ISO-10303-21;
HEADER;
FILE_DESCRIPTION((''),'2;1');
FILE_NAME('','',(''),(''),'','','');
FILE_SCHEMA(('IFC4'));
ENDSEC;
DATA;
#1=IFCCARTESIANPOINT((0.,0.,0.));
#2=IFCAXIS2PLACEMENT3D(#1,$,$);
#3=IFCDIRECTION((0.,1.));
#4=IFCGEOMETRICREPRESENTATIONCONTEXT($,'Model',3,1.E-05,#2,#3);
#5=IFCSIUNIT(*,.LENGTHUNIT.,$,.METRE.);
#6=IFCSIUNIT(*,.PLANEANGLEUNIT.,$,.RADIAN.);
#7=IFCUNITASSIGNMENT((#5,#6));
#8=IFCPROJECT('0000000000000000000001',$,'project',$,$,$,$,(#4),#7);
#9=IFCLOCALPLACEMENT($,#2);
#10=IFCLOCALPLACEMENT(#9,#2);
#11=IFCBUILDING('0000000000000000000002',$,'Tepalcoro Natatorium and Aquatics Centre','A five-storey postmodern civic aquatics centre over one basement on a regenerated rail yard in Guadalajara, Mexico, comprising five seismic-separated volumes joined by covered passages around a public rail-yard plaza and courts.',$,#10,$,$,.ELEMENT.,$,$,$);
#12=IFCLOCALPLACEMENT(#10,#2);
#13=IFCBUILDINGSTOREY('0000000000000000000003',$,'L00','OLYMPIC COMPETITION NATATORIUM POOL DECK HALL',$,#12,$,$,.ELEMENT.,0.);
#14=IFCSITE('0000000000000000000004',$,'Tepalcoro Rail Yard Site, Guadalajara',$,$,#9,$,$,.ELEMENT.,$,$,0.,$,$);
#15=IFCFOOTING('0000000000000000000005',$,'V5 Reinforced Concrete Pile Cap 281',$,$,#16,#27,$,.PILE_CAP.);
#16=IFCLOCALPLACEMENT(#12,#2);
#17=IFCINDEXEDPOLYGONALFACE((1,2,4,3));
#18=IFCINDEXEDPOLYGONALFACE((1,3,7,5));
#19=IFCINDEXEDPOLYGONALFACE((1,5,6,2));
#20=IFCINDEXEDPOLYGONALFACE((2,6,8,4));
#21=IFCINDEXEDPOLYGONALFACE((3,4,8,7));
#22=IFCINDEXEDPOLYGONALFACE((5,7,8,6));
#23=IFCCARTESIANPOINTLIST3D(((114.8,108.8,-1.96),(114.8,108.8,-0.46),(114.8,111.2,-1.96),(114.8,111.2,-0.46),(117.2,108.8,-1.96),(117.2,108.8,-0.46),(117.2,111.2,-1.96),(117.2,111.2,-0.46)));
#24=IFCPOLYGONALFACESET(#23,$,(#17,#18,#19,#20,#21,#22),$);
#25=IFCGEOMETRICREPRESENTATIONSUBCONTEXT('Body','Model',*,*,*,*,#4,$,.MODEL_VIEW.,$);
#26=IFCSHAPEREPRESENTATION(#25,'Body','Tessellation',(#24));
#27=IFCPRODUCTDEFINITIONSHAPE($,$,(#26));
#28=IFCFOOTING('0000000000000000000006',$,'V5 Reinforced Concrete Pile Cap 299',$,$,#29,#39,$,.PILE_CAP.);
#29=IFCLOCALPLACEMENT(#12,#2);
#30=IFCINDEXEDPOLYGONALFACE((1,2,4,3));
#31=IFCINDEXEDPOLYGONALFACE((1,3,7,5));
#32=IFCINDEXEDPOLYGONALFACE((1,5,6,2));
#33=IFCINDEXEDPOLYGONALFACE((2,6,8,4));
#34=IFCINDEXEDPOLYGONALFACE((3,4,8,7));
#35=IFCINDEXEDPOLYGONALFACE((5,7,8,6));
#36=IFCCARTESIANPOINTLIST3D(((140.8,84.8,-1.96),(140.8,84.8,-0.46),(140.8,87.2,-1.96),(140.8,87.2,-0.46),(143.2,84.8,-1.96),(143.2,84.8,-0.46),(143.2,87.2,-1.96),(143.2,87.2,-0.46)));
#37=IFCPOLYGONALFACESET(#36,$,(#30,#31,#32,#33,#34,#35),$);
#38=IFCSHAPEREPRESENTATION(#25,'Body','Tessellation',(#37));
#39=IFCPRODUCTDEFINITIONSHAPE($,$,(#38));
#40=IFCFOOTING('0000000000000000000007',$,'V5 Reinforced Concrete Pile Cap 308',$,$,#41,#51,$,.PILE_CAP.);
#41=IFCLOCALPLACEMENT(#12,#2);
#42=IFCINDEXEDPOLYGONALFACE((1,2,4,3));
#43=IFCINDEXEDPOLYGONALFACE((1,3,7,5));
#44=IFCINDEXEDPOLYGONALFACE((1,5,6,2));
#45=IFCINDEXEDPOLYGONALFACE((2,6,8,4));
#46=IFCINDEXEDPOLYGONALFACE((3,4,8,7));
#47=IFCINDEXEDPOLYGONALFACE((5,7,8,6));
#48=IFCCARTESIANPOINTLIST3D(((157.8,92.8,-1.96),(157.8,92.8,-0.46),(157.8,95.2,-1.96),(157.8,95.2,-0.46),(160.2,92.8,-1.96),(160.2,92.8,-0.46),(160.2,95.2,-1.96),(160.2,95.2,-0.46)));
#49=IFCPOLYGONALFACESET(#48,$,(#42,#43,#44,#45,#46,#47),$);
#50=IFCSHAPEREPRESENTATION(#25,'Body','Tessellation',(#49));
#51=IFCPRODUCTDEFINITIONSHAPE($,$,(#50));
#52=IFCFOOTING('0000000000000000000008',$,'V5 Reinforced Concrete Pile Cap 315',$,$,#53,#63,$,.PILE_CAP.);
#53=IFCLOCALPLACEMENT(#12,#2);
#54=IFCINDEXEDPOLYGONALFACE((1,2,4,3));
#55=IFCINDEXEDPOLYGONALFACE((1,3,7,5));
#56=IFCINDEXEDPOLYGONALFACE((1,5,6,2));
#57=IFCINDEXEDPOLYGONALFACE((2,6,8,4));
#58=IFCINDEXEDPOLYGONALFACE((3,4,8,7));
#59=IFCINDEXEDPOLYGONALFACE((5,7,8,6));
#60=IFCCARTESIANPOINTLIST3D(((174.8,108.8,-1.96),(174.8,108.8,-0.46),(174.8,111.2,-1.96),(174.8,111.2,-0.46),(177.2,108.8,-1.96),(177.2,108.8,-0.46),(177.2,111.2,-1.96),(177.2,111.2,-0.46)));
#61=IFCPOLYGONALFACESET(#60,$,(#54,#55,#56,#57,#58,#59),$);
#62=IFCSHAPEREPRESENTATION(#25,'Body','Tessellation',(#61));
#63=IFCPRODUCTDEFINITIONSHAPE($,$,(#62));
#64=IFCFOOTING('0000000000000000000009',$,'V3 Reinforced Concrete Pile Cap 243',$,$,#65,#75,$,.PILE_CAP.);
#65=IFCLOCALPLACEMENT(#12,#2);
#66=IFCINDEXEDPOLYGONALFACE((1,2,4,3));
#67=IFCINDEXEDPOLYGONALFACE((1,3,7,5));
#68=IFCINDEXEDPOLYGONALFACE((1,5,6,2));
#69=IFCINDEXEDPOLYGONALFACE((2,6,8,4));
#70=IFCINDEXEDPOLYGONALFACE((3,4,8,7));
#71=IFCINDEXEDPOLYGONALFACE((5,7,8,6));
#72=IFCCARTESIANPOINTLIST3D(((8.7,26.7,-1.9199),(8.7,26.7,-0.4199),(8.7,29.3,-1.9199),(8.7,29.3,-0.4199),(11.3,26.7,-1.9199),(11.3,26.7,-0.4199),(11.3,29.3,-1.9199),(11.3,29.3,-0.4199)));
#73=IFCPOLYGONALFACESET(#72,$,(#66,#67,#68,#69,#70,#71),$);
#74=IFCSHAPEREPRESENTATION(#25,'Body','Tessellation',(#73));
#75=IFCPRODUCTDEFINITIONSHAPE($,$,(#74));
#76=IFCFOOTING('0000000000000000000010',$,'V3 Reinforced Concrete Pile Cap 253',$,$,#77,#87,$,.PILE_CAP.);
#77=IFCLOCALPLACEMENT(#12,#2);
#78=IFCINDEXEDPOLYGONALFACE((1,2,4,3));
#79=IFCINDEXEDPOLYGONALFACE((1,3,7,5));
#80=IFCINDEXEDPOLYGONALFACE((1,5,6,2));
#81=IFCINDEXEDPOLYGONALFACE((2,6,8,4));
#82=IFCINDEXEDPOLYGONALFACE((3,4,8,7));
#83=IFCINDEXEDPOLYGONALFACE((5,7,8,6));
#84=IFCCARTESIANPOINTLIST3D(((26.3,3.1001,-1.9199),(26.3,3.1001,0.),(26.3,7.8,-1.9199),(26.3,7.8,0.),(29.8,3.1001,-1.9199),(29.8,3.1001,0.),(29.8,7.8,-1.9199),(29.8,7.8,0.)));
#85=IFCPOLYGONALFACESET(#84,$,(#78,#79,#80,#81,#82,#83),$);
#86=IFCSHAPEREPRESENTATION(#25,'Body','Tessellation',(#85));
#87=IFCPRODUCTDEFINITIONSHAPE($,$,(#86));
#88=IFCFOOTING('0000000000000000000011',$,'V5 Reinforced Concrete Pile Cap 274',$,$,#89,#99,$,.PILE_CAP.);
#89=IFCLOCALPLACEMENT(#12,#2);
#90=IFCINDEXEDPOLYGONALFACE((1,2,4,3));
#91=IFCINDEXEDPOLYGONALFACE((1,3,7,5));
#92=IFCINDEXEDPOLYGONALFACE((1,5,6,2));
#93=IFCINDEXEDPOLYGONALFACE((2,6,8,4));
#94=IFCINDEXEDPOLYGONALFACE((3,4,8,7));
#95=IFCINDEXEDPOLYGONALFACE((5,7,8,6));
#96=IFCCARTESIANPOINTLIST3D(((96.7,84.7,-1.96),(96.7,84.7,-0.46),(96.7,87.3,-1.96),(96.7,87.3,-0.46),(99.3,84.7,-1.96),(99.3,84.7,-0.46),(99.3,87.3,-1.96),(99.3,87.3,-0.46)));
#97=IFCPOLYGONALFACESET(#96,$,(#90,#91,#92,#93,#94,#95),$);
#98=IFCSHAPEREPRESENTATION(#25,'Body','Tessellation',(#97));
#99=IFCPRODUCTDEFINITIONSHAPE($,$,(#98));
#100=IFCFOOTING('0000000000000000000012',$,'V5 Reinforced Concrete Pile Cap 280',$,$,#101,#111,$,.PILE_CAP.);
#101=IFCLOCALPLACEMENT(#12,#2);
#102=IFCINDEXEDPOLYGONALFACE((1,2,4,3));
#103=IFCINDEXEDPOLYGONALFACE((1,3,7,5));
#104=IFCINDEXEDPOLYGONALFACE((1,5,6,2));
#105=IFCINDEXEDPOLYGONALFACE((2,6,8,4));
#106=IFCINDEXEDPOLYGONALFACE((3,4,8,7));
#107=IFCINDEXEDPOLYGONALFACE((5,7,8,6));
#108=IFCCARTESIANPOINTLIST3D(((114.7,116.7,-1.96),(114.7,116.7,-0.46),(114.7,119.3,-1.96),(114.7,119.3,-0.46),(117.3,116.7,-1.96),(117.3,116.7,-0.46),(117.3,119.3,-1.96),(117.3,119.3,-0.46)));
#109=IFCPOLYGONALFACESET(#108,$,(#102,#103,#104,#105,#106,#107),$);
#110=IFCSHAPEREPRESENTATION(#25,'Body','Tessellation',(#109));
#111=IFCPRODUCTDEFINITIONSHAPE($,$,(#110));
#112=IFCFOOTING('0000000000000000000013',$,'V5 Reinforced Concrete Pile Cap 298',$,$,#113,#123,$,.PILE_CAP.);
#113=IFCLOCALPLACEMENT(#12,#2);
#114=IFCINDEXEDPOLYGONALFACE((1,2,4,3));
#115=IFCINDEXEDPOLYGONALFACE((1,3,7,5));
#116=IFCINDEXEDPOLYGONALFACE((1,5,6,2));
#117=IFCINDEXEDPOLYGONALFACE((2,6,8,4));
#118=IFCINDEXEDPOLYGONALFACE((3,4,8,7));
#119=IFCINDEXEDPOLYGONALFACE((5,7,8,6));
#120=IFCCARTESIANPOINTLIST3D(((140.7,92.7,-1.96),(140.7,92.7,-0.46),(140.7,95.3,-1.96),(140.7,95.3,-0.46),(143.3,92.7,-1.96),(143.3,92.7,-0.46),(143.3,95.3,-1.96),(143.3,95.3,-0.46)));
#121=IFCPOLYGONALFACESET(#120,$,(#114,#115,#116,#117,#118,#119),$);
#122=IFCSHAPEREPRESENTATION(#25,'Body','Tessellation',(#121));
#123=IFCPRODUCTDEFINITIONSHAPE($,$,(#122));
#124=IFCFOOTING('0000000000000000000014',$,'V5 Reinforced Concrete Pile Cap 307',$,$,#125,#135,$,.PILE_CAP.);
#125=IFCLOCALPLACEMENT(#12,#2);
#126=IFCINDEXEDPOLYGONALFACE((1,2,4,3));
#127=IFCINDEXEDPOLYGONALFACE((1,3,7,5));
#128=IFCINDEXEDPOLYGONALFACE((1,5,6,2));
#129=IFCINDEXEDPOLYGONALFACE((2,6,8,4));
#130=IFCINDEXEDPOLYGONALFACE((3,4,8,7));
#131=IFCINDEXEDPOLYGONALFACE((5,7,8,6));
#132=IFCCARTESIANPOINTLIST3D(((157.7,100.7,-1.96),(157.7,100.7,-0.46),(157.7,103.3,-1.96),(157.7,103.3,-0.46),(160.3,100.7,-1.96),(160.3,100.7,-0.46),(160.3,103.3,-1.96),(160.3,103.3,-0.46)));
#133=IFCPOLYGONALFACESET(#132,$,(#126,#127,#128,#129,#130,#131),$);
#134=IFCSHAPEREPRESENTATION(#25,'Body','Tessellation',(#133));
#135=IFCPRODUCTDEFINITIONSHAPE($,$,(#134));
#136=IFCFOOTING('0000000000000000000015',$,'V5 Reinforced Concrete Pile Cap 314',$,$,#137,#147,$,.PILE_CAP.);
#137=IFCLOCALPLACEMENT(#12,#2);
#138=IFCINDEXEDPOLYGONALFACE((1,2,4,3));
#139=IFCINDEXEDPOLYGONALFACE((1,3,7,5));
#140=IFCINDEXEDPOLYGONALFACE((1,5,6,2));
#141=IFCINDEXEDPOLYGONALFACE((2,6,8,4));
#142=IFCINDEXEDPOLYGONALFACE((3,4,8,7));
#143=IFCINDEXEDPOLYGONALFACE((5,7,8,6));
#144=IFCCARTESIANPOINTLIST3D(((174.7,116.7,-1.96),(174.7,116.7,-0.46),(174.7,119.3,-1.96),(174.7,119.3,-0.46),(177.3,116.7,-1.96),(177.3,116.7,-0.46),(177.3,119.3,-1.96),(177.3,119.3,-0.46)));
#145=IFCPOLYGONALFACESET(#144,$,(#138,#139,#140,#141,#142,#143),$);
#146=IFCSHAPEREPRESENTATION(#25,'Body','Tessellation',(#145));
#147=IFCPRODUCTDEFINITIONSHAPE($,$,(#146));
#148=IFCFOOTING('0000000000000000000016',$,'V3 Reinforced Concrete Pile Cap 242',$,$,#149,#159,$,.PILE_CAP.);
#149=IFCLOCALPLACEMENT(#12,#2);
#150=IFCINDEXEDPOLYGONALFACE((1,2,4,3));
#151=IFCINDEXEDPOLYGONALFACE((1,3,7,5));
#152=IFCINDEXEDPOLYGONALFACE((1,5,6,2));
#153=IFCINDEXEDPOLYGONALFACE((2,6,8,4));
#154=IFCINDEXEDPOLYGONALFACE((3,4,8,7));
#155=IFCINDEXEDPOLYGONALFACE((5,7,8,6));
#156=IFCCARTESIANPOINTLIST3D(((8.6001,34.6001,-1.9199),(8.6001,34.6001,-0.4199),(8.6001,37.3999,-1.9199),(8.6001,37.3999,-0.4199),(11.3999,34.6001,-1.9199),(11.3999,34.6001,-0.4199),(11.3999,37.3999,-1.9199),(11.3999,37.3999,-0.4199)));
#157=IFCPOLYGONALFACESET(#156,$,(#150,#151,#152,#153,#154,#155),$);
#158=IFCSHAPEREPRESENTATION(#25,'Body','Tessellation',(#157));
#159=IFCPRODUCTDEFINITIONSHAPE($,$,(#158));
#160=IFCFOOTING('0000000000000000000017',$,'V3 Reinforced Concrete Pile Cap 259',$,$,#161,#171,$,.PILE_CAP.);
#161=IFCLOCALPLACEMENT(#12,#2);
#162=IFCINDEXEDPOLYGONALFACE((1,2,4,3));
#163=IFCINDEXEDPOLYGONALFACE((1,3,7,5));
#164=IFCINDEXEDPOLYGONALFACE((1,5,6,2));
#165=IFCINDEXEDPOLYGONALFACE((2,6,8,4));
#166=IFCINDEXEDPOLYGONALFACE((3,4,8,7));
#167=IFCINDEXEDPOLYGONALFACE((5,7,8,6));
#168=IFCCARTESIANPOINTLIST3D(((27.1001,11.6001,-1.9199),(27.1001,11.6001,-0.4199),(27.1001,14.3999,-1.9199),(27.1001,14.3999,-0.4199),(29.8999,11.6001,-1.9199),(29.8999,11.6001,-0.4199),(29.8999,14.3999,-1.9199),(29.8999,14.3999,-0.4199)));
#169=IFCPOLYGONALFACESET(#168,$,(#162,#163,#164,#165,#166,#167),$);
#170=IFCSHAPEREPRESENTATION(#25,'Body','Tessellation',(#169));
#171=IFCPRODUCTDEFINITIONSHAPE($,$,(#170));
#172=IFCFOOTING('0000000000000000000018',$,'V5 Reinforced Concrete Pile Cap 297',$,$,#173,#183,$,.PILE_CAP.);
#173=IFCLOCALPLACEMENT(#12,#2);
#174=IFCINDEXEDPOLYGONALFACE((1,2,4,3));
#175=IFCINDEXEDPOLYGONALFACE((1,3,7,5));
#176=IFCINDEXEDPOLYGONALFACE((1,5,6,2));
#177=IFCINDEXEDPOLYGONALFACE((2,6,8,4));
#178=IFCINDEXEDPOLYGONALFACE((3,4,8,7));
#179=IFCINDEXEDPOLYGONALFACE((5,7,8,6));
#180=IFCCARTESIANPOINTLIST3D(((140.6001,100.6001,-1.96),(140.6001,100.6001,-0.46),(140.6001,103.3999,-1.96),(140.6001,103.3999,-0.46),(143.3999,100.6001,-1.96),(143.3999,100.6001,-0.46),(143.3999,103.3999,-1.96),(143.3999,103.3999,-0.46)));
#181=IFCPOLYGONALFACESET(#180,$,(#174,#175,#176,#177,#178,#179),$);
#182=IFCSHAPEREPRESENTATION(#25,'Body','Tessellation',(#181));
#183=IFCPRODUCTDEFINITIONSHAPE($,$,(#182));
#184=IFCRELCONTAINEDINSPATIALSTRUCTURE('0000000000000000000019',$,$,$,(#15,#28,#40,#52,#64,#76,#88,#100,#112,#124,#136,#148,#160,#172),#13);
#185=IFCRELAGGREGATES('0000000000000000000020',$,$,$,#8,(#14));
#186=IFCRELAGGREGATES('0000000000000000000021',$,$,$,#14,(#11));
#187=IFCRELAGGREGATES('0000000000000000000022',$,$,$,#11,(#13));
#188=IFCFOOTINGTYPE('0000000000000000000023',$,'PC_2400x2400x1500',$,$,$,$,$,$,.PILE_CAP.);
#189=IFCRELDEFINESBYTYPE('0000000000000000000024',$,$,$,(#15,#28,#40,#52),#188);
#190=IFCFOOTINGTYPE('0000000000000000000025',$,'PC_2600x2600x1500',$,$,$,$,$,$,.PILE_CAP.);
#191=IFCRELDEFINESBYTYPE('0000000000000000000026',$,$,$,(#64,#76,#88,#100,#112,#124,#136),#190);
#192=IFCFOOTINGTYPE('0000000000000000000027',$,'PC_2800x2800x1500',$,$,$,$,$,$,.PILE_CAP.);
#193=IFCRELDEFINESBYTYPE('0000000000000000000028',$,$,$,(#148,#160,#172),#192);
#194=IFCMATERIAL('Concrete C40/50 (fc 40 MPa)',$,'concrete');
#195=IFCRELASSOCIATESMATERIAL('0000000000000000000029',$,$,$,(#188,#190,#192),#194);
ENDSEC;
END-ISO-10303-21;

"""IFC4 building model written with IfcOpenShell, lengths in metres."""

from ifc_helpers import new_model, si_unit, direction, frame, origin, place, context, subcontext, project, spatial, polyline, outline, extrude, material, type_object, element, save


model = new_model("IFC4")

# Units and contexts
model_context = context("Model", 3, precision=1e-05, world=origin(), true_north=direction((0.0, 1.0)))
body_context = subcontext(model_context, "Body", "Model", "MODEL_VIEW")
ifc_project = project(units=[si_unit("LENGTHUNIT", "METRE"), si_unit("PLANEANGLEUNIT", "RADIAN")], contexts=[model_context])

# Site, building, storey
site_placement = place(None, origin())
site = spatial("IfcSite", under=ifc_project, at=site_placement, Name="Tepalcoro Rail Yard Site, Guadalajara", CompositionType="ELEMENT", RefElevation=0.0)
building_placement = place(site_placement, origin())
building = spatial("IfcBuilding", under=site, at=building_placement, Name="Tepalcoro Natatorium and Aquatics Centre", Description="A five-storey postmodern civic aquatics centre over one basement on a regenerated rail yard in Guadalajara, Mexico, comprising five seismic-separated volumes joined by covered passages around a public rail-yard plaza and courts.", CompositionType="ELEMENT")
storey_placement = place(building_placement, origin())
storey = spatial("IfcBuildingStorey", under=building, at=storey_placement, Name="L00", Description="OLYMPIC COMPETITION NATATORIUM POOL DECK HALL", CompositionType="ELEMENT", Elevation=0.0)

# Footings
ifc_material = material(Name="Concrete C40/50 (fc 40 MPa)", Category="concrete")
footing_type_1 = type_object("IfcFootingType", Name="PC_2400x2400x1500", PredefinedType="PILE_CAP", material=ifc_material)
footing_1_placement = place(storey_placement, frame((0.0, 0.0, -1.96)))
element("IfcFooting", 1, at=footing_1_placement, inside=storey, type_object=footing_type_1, Name="V5 Reinforced Concrete Pile Cap 281", PredefinedType="PILE_CAP", context=body_context, shape_type="SweptSolid", body=[
    extrude(outline(polyline([(114.8, 108.8), (117.2, 108.8), (117.2, 111.2), (114.8, 111.2), (114.8, 108.8)])), origin(), (0.0, 0.0, 1.0), 1.5),
])
footing_2_placement = place(storey_placement, frame((0.0, 0.0, -1.96)))
element("IfcFooting", 2, at=footing_2_placement, inside=storey, type_object=footing_type_1, Name="V5 Reinforced Concrete Pile Cap 299", PredefinedType="PILE_CAP", context=body_context, shape_type="SweptSolid", body=[
    extrude(outline(polyline([(140.8, 84.8), (143.2, 84.8), (143.2, 87.2), (140.8, 87.2), (140.8, 84.8)])), origin(), (0.0, 0.0, 1.0), 1.5),
])
footing_3_placement = place(storey_placement, frame((0.0, 0.0, -1.96)))
element("IfcFooting", 3, at=footing_3_placement, inside=storey, type_object=footing_type_1, Name="V5 Reinforced Concrete Pile Cap 308", PredefinedType="PILE_CAP", context=body_context, shape_type="SweptSolid", body=[
    extrude(outline(polyline([(157.8, 92.8), (160.2, 92.8), (160.2, 95.2), (157.8, 95.2), (157.8, 92.8)])), origin(), (0.0, 0.0, 1.0), 1.5),
])
footing_4_placement = place(storey_placement, frame((0.0, 0.0, -1.96)))
element("IfcFooting", 4, at=footing_4_placement, inside=storey, type_object=footing_type_1, Name="V5 Reinforced Concrete Pile Cap 315", PredefinedType="PILE_CAP", context=body_context, shape_type="SweptSolid", body=[
    extrude(outline(polyline([(174.8, 108.8), (177.2, 108.8), (177.2, 111.2), (174.8, 111.2), (174.8, 108.8)])), origin(), (0.0, 0.0, 1.0), 1.5),
])
footing_type_2 = type_object("IfcFootingType", Name="PC_2600x2600x1500", PredefinedType="PILE_CAP", material=ifc_material)
footing_5_placement = place(storey_placement, frame((0.0, 0.0, -1.9199)))
element("IfcFooting", 5, at=footing_5_placement, inside=storey, type_object=footing_type_2, Name="V3 Reinforced Concrete Pile Cap 243", PredefinedType="PILE_CAP", context=body_context, shape_type="SweptSolid", body=[
    extrude(outline(polyline([(8.7, 26.7), (11.3, 26.7), (11.3, 29.3), (8.7, 29.3), (8.7, 26.7)])), origin(), (0.0, 0.0, 1.0), 1.5),
])
footing_6_placement = place(storey_placement, frame((0.0, 0.0, -1.9199)))
element("IfcFooting", 6, at=footing_6_placement, inside=storey, type_object=footing_type_2, Name="V3 Reinforced Concrete Pile Cap 253", PredefinedType="PILE_CAP", context=body_context, shape_type="SweptSolid", body=[
    extrude(outline(polyline([(26.3, 3.1001), (29.8, 3.1001), (29.8, 7.8), (26.3, 7.8), (26.3, 3.1001)])), origin(), (0.0, 0.0, 1.0), 1.9199),
])
footing_7_placement = place(storey_placement, frame((0.0, 0.0, -1.96)))
element("IfcFooting", 7, at=footing_7_placement, inside=storey, type_object=footing_type_2, Name="V5 Reinforced Concrete Pile Cap 274", PredefinedType="PILE_CAP", context=body_context, shape_type="SweptSolid", body=[
    extrude(outline(polyline([(96.7, 84.7), (99.3, 84.7), (99.3, 87.3), (96.7, 87.3), (96.7, 84.7)])), origin(), (0.0, 0.0, 1.0), 1.5),
])
footing_8_placement = place(storey_placement, frame((0.0, 0.0, -1.96)))
element("IfcFooting", 8, at=footing_8_placement, inside=storey, type_object=footing_type_2, Name="V5 Reinforced Concrete Pile Cap 280", PredefinedType="PILE_CAP", context=body_context, shape_type="SweptSolid", body=[
    extrude(outline(polyline([(114.7, 116.7), (117.3, 116.7), (117.3, 119.3), (114.7, 119.3), (114.7, 116.7)])), origin(), (0.0, 0.0, 1.0), 1.5),
])
footing_9_placement = place(storey_placement, frame((0.0, 0.0, -1.96)))
element("IfcFooting", 9, at=footing_9_placement, inside=storey, type_object=footing_type_2, Name="V5 Reinforced Concrete Pile Cap 298", PredefinedType="PILE_CAP", context=body_context, shape_type="SweptSolid", body=[
    extrude(outline(polyline([(140.7, 92.7), (143.3, 92.7), (143.3, 95.3), (140.7, 95.3), (140.7, 92.7)])), origin(), (0.0, 0.0, 1.0), 1.5),
])
footing_10_placement = place(storey_placement, frame((0.0, 0.0, -1.96)))
element("IfcFooting", 10, at=footing_10_placement, inside=storey, type_object=footing_type_2, Name="V5 Reinforced Concrete Pile Cap 307", PredefinedType="PILE_CAP", context=body_context, shape_type="SweptSolid", body=[
    extrude(outline(polyline([(157.7, 100.7), (160.3, 100.7), (160.3, 103.3), (157.7, 103.3), (157.7, 100.7)])), origin(), (0.0, 0.0, 1.0), 1.5),
])
footing_11_placement = place(storey_placement, frame((0.0, 0.0, -1.96)))
element("IfcFooting", 11, at=footing_11_placement, inside=storey, type_object=footing_type_2, Name="V5 Reinforced Concrete Pile Cap 314", PredefinedType="PILE_CAP", context=body_context, shape_type="SweptSolid", body=[
    extrude(outline(polyline([(174.7, 116.7), (177.3, 116.7), (177.3, 119.3), (174.7, 119.3), (174.7, 116.7)])), origin(), (0.0, 0.0, 1.0), 1.5),
])
footing_type_3 = type_object("IfcFootingType", Name="PC_2800x2800x1500", PredefinedType="PILE_CAP", material=ifc_material)
footing_12_placement = place(storey_placement, frame((0.0, 0.0, -1.9199)))
element("IfcFooting", 12, at=footing_12_placement, inside=storey, type_object=footing_type_3, Name="V3 Reinforced Concrete Pile Cap 242", PredefinedType="PILE_CAP", context=body_context, shape_type="SweptSolid", body=[
    extrude(outline(polyline([(8.6001, 34.6001), (11.3999, 34.6001), (11.3999, 37.3999), (8.6001, 37.3999), (8.6001, 34.6001)])), origin(), (0.0, 0.0, 1.0), 1.5),
])
footing_13_placement = place(storey_placement, frame((0.0, 0.0, -1.9199)))
element("IfcFooting", 13, at=footing_13_placement, inside=storey, type_object=footing_type_3, Name="V3 Reinforced Concrete Pile Cap 259", PredefinedType="PILE_CAP", context=body_context, shape_type="SweptSolid", body=[
    extrude(outline(polyline([(27.1001, 11.6001), (29.8999, 11.6001), (29.8999, 14.3999), (27.1001, 14.3999), (27.1001, 11.6001)])), origin(), (0.0, 0.0, 1.0), 1.5),
])
footing_14_placement = place(storey_placement, frame((0.0, 0.0, -1.96)))
element("IfcFooting", 14, at=footing_14_placement, inside=storey, type_object=footing_type_3, Name="V5 Reinforced Concrete Pile Cap 297", PredefinedType="PILE_CAP", context=body_context, shape_type="SweptSolid", body=[
    extrude(outline(polyline([(140.6001, 100.6001), (143.3999, 100.6001), (143.3999, 103.3999), (140.6001, 103.3999), (140.6001, 100.6001)])), origin(), (0.0, 0.0, 1.0), 1.5),
])

save(model, "model.ifc")
